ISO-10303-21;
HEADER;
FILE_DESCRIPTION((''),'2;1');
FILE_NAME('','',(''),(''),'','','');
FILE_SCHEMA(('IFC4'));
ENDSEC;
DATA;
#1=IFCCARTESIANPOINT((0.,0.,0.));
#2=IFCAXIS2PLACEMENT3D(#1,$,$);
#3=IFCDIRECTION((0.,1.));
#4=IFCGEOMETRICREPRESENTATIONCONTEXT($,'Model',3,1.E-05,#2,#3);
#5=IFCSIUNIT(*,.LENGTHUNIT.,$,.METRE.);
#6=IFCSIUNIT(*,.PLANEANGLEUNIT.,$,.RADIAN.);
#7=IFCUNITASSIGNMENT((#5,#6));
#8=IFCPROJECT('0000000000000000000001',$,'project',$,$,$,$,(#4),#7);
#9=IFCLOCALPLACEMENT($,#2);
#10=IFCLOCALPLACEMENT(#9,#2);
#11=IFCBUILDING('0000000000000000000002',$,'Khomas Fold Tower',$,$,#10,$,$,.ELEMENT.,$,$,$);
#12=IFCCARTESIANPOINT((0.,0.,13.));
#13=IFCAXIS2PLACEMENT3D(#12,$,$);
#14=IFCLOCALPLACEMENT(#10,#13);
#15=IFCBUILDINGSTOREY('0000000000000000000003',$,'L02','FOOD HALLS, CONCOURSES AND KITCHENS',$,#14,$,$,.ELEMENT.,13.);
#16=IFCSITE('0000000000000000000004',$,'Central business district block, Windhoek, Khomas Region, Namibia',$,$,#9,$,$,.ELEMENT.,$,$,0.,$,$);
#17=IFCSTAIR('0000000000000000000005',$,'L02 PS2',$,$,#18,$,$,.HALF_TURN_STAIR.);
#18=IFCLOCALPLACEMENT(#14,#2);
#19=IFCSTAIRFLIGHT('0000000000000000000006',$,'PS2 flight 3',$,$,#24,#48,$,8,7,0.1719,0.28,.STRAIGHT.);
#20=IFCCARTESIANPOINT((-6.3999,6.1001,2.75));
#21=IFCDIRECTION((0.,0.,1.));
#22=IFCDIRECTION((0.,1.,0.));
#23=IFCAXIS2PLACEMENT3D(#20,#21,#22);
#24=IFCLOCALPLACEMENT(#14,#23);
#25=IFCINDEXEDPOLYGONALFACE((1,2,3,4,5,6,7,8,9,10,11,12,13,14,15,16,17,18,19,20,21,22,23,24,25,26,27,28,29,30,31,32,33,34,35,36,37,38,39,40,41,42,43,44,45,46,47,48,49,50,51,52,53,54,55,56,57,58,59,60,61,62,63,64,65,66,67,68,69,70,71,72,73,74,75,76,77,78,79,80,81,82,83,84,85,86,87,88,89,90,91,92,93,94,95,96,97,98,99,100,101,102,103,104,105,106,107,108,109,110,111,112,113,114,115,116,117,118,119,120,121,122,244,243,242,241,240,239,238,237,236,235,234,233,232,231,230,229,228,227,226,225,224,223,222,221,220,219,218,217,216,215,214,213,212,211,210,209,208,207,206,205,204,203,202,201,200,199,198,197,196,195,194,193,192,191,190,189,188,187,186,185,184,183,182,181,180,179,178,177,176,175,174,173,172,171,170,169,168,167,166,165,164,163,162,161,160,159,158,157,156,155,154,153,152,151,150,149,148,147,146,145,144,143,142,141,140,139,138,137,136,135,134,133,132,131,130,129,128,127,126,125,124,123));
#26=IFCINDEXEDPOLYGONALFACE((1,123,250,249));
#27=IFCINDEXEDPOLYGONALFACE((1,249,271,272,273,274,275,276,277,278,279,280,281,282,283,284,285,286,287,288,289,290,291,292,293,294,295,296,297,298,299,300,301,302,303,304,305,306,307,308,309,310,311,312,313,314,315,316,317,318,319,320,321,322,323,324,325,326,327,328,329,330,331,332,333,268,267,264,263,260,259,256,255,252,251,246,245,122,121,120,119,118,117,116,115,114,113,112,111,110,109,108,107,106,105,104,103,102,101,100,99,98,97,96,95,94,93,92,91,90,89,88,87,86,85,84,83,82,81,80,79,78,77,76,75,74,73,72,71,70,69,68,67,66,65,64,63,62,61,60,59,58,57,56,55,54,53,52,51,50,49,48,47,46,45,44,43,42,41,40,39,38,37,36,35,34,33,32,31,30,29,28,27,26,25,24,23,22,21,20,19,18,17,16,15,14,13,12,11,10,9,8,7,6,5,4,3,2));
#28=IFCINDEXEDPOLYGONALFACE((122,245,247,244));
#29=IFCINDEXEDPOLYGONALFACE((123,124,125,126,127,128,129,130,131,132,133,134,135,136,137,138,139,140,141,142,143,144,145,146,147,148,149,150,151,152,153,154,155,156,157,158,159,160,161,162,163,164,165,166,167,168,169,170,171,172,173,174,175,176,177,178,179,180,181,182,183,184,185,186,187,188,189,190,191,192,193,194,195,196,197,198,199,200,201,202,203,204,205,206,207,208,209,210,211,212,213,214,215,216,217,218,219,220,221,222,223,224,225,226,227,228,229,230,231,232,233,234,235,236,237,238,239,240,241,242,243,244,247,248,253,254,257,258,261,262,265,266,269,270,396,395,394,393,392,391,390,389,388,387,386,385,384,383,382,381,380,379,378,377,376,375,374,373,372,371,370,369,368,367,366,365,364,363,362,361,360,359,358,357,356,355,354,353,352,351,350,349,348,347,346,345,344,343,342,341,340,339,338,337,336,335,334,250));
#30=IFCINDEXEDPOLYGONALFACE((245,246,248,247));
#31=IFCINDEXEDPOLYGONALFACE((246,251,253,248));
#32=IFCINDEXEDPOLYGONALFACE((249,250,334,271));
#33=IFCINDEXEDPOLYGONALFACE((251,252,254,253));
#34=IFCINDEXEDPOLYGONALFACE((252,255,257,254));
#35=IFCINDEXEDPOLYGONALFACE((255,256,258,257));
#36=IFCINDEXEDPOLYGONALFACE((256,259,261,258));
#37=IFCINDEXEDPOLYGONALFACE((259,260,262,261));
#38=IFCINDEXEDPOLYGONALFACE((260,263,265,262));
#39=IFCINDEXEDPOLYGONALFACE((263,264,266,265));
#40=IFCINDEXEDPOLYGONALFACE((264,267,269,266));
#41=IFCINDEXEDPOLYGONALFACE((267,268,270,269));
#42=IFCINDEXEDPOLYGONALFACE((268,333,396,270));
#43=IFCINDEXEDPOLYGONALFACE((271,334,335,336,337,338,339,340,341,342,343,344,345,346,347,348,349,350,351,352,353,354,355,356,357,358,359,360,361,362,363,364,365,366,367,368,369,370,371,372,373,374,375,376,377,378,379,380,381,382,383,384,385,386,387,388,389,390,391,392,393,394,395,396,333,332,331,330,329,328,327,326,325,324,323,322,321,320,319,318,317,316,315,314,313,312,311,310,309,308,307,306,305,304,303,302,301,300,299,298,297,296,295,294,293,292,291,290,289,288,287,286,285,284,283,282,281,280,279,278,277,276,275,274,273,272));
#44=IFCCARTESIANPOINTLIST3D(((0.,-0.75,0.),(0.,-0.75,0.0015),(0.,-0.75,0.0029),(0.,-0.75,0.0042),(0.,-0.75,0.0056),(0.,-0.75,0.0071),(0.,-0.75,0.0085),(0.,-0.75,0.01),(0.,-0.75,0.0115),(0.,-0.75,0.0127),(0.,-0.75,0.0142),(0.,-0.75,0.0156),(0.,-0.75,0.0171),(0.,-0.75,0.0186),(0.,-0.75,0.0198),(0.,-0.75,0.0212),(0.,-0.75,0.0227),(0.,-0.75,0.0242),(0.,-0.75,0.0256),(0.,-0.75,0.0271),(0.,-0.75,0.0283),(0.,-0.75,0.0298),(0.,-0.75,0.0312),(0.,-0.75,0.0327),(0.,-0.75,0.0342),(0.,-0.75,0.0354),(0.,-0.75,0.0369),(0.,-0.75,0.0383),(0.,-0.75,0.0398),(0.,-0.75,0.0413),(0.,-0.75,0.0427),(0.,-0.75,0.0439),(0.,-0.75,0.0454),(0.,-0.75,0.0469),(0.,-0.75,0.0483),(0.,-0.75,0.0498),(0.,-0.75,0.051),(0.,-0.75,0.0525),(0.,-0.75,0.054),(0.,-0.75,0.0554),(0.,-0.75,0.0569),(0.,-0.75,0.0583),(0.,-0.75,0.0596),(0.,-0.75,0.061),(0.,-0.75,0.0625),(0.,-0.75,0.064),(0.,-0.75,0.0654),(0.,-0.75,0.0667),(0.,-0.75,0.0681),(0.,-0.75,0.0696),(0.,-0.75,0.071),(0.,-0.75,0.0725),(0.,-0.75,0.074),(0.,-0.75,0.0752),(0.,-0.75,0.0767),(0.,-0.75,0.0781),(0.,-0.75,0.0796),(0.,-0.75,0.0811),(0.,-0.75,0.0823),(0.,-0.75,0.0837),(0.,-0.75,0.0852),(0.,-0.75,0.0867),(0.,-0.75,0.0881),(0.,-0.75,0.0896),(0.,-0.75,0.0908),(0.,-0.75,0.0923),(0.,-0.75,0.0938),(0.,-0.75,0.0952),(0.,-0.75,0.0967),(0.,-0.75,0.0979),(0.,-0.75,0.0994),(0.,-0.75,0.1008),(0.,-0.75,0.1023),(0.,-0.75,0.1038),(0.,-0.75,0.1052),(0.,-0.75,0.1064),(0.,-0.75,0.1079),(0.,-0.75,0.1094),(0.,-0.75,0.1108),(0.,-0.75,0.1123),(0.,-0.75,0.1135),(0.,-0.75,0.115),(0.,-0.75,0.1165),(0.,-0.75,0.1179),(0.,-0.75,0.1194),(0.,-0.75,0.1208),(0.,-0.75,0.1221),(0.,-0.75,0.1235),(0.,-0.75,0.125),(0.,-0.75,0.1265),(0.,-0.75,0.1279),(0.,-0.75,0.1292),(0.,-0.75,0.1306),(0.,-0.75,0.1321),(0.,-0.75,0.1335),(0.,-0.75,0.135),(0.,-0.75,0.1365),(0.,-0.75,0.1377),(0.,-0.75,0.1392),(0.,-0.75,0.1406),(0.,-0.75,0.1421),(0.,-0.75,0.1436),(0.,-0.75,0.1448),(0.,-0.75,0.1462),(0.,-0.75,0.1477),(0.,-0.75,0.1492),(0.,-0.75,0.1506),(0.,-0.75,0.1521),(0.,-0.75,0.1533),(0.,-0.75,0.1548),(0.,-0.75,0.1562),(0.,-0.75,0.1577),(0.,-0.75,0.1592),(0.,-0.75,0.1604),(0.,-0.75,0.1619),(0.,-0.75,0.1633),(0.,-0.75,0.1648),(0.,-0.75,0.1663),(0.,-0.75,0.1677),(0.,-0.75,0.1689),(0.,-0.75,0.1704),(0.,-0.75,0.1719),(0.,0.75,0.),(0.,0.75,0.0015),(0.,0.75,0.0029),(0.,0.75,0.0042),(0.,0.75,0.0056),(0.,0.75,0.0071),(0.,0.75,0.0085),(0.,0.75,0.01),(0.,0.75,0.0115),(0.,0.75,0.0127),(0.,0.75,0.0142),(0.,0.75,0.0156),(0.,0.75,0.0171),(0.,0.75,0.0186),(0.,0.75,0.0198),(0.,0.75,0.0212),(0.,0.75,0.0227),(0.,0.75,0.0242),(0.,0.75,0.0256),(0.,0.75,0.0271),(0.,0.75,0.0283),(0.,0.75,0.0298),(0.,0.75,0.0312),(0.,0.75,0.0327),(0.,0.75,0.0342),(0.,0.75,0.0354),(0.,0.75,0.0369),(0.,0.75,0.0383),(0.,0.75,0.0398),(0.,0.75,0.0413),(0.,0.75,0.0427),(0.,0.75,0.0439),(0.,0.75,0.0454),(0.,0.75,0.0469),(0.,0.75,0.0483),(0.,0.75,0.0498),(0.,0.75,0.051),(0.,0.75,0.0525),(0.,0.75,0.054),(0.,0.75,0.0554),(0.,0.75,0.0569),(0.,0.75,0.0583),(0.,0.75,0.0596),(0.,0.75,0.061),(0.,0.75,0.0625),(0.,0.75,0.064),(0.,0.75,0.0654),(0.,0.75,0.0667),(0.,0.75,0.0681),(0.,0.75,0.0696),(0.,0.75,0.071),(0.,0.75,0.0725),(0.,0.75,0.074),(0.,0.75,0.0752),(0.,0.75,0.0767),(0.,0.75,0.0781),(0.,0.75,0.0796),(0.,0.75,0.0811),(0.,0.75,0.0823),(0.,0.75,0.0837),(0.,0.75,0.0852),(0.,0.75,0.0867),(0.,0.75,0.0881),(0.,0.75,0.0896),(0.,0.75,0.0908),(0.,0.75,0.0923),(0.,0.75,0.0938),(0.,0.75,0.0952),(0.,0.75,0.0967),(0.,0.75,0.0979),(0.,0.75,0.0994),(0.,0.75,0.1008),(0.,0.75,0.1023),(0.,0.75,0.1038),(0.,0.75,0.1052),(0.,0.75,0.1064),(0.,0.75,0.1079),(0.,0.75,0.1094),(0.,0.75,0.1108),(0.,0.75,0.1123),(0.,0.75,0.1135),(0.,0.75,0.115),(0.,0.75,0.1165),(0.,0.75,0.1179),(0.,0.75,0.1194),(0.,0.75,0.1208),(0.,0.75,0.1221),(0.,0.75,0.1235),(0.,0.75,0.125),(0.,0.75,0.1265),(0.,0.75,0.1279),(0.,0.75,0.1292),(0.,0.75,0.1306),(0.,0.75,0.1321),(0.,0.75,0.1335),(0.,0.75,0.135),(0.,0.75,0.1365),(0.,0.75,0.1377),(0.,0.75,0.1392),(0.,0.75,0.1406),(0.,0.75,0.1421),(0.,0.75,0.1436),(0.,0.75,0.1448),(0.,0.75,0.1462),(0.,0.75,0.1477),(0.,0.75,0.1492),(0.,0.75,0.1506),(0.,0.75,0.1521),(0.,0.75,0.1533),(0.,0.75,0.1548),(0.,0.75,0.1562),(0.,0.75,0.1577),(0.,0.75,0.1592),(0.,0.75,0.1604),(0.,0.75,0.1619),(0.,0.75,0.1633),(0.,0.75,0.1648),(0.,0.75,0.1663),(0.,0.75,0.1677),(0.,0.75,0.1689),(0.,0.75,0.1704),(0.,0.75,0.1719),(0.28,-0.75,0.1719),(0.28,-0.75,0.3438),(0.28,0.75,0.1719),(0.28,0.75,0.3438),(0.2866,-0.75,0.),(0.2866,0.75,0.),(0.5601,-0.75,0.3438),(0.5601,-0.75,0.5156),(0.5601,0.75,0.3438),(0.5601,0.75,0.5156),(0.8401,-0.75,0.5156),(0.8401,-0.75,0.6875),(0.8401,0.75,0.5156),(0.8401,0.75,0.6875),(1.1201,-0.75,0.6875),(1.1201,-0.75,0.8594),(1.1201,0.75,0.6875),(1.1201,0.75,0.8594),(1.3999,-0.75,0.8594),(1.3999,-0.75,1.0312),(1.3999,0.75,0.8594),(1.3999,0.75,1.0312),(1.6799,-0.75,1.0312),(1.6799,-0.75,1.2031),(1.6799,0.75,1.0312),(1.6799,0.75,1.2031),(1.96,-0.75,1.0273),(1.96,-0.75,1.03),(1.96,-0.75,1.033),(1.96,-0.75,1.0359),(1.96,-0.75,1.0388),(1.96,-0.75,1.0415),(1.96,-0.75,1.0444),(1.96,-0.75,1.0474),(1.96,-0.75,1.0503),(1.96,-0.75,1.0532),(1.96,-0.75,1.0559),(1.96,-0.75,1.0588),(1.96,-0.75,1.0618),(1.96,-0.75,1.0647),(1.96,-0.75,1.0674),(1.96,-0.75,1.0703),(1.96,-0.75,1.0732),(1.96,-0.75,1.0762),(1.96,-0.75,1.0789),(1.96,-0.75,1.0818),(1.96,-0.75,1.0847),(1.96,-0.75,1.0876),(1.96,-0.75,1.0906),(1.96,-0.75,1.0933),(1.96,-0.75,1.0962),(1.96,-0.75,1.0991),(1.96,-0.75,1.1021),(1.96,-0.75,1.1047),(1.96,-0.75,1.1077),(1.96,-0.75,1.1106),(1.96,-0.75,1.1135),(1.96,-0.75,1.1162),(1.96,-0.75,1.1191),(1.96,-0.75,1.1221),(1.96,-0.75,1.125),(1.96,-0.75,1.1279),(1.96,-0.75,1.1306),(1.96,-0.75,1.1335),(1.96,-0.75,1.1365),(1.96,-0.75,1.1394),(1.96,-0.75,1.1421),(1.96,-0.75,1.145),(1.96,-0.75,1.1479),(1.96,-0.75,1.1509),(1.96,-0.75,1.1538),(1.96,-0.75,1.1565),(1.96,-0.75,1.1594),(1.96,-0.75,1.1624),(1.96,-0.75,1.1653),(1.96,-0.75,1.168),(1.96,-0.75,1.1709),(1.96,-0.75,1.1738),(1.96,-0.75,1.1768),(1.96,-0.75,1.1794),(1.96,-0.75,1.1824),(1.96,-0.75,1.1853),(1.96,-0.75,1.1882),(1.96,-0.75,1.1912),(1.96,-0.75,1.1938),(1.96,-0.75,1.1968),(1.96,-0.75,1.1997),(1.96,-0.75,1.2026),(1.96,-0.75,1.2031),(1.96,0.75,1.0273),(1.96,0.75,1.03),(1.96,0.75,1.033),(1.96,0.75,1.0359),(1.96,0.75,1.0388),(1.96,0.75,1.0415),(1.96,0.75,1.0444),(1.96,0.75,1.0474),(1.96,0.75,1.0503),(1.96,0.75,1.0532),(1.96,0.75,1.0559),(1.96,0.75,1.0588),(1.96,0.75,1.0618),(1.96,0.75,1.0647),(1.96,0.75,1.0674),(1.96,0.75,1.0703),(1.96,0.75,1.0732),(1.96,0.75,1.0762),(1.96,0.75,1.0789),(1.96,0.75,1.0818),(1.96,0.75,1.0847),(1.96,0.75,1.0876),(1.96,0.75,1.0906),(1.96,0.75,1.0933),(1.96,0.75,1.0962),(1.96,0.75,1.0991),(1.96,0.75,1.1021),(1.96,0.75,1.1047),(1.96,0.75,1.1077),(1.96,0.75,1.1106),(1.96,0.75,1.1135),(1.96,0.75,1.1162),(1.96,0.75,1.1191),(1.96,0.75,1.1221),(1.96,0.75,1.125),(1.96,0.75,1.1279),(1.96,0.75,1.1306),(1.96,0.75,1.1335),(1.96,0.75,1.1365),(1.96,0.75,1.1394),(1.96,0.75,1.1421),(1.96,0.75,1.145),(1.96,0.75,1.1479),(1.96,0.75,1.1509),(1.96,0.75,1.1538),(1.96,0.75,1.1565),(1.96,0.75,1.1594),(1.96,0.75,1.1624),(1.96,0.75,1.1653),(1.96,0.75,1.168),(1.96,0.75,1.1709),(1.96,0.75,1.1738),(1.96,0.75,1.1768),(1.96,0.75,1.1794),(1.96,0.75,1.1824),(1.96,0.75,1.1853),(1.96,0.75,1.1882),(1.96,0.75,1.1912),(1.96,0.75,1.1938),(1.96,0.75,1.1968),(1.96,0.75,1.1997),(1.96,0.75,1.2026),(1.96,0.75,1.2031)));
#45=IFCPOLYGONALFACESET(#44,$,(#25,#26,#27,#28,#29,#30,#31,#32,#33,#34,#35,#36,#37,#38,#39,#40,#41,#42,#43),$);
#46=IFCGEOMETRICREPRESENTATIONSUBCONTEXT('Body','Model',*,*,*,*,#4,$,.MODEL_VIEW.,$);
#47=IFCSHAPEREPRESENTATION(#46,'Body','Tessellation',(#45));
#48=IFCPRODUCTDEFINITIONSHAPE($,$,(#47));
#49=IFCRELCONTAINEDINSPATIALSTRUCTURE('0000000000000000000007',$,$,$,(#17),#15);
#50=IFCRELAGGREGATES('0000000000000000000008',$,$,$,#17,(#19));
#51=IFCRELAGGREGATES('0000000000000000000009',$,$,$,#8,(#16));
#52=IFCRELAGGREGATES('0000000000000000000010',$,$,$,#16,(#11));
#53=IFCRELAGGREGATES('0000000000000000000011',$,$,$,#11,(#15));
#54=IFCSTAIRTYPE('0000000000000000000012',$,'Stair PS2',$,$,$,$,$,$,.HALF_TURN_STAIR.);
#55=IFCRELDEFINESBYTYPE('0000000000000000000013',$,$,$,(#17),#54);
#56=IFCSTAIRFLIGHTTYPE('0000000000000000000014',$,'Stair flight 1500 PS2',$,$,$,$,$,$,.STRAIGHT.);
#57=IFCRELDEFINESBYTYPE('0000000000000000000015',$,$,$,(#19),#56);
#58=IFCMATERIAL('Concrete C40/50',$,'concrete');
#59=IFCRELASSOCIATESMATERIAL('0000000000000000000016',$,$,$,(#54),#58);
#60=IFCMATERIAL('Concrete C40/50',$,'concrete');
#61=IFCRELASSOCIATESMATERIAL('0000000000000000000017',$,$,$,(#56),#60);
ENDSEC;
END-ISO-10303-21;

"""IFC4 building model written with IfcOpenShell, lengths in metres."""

from ifc_helpers import new_model, si_unit, direction, frame, origin, place, context, subcontext, project, spatial, polyline, outline, extrude, source, transform, mapped, material, type_object, element, aggregate, save


model = new_model("IFC4")

# Units and contexts
model_context = context("Model", 3, precision=1e-05, world=origin(), true_north=direction((0.0, 1.0)))
body_context = subcontext(model_context, "Body", "Model", "MODEL_VIEW")
ifc_project = project(units=[si_unit("LENGTHUNIT", "METRE"), si_unit("PLANEANGLEUNIT", "RADIAN")], contexts=[model_context])

# Site, building, storey
site_placement = place(None, origin())
site = spatial("IfcSite", under=ifc_project, at=site_placement, Name="Central business district block, Windhoek, Khomas Region, Namibia", CompositionType="ELEMENT", RefElevation=0.0)
building_placement = place(site_placement, origin())
building = spatial("IfcBuilding", under=site, at=building_placement, Name="Khomas Fold Tower", CompositionType="ELEMENT")
storey_placement = place(building_placement, frame((0.0, 0.0, 13.0)))
storey = spatial("IfcBuildingStorey", under=building, at=storey_placement, Name="L02", Description="FOOD HALLS, CONCOURSES AND KITCHENS", CompositionType="ELEMENT", Elevation=13.0)

# Stair, stair flight
ifc_material_1 = material(Name="Concrete C40/50", Category="concrete")
stair_type = type_object("IfcStairType", Name="Stair PS2", PredefinedType="HALF_TURN_STAIR", material=ifc_material_1)
stair_placement = place(storey_placement, origin())
stair = element("IfcStair", 1, at=stair_placement, inside=storey, type_object=stair_type, Name="L02 PS2", PredefinedType="HALF_TURN_STAIR")
ifc_material_2 = material(Name="Concrete C40/50", Category="concrete")
stair_flight_type = type_object("IfcStairFlightType", Name="Stair flight 1500 PS2", PredefinedType="STRAIGHT", material=ifc_material_2)
shared_shape_1 = source(origin(), body_context, "Body", "SweptSolid", [
    extrude(outline(polyline([(0.0, 0.0), (0.0, 0.0015), (0.0, 0.0029), (0.0, 0.0042), (0.0, 0.0056), (0.0, 0.0071), (0.0, 0.0085), (0.0, 0.01), (0.0, 0.0115), (0.0, 0.0127), (0.0, 0.0142), (0.0, 0.0156), (0.0, 0.0171), (0.0, 0.0186), (0.0, 0.0198), (0.0, 0.0212), (0.0, 0.0227), (0.0, 0.0242), (0.0, 0.0256), (0.0, 0.0271), (0.0, 0.0283), (0.0, 0.0298), (0.0, 0.0312), (0.0, 0.0327), (0.0, 0.0342), (0.0, 0.0354), (0.0, 0.0369), (0.0, 0.0383), (0.0, 0.0398), (0.0, 0.0413), (0.0, 0.0427), (0.0, 0.0439), (0.0, 0.0454), (0.0, 0.0469), (0.0, 0.0483), (0.0, 0.0498), (0.0, 0.051), (0.0, 0.0525), (0.0, 0.054), (0.0, 0.0554), (0.0, 0.0569), (0.0, 0.0583), (0.0, 0.0596), (0.0, 0.061), (0.0, 0.0625), (0.0, 0.064), (0.0, 0.0654), (0.0, 0.0667), (0.0, 0.0681), (0.0, 0.0696), (0.0, 0.071), (0.0, 0.0725), (0.0, 0.074), (0.0, 0.0752), (0.0, 0.0767), (0.0, 0.0781), (0.0, 0.0796), (0.0, 0.0811), (0.0, 0.0823), (0.0, 0.0837), (0.0, 0.0852), (0.0, 0.0867), (0.0, 0.0881), (0.0, 0.0896), (0.0, 0.0908), (0.0, 0.0923), (0.0, 0.0938), (0.0, 0.0952), (0.0, 0.0967), (0.0, 0.0979), (0.0, 0.0994), (0.0, 0.1008), (0.0, 0.1023), (0.0, 0.1038), (0.0, 0.1052), (0.0, 0.1064), (0.0, 0.1079), (0.0, 0.1094), (0.0, 0.1108), (0.0, 0.1123), (0.0, 0.1135), (0.0, 0.115), (0.0, 0.1165), (0.0, 0.1179), (0.0, 0.1194), (0.0, 0.1208), (0.0, 0.1221), (0.0, 0.1235), (0.0, 0.125), (0.0, 0.1265), (0.0, 0.1279), (0.0, 0.1292), (0.0, 0.1306), (0.0, 0.1321), (0.0, 0.1335), (0.0, 0.135), (0.0, 0.1365), (0.0, 0.1377), (0.0, 0.1392), (0.0, 0.1406), (0.0, 0.1421), (0.0, 0.1436), (0.0, 0.1448), (0.0, 0.1462), (0.0, 0.1477), (0.0, 0.1492), (0.0, 0.1506), (0.0, 0.1521), (0.0, 0.1533), (0.0, 0.1548), (0.0, 0.1562), (0.0, 0.1577), (0.0, 0.1592), (0.0, 0.1604), (0.0, 0.1619), (0.0, 0.1633), (0.0, 0.1648), (0.0, 0.1663), (0.0, 0.1677), (0.0, 0.1689), (0.0, 0.1704), (0.0, 0.1719), (0.28, 0.1719), (0.28, 0.3438), (0.5601, 0.3438), (0.5601, 0.5156), (0.8401, 0.5156), (0.8401, 0.6875), (1.1201, 0.6875), (1.1201, 0.8594), (1.3999, 0.8594), (1.3999, 1.0312), (1.6799, 1.0312), (1.6799, 1.2031), (1.96, 1.2031), (1.96, 1.375), (1.96, 1.3721), (1.96, 1.3691), (1.96, 1.3665), (1.96, 1.3635), (1.96, 1.3606), (1.96, 1.3577), (1.96, 1.355), (1.96, 1.3521), (1.96, 1.3491), (1.96, 1.3462), (1.96, 1.3435), (1.96, 1.3406), (1.96, 1.3376), (1.96, 1.3347), (1.96, 1.3318), (1.96, 1.3291), (1.96, 1.3262), (1.96, 1.3232), (1.96, 1.3203), (1.96, 1.3176), (1.96, 1.3147), (1.96, 1.3118), (1.96, 1.3088), (1.96, 1.3059), (1.96, 1.3032), (1.96, 1.3003), (1.96, 1.2974), (1.96, 1.2944), (1.96, 1.2917), (1.96, 1.2888), (1.96, 1.2859), (1.96, 1.283), (1.96, 1.2803), (1.96, 1.2773), (1.96, 1.2744), (1.96, 1.2715), (1.96, 1.2686), (1.96, 1.2659), (1.96, 1.2629), (1.96, 1.26), (1.96, 1.2571), (1.96, 1.2544), (1.96, 1.2515), (1.96, 1.2485), (1.96, 1.2456), (1.96, 1.2427), (1.96, 1.24), (1.96, 1.2371), (1.96, 1.2341), (1.96, 1.2312), (1.96, 1.2285), (1.96, 1.2256), (1.96, 1.2227), (1.96, 1.2197), (1.96, 1.217), (1.96, 1.2141), (1.96, 1.2112), (1.96, 1.2083), (1.96, 1.2053), (1.96, 1.2026), (1.96, 1.1997), (1.96, 1.1968), (1.96, 1.1938), (1.96, 1.1912), (1.96, 1.1882), (1.96, 1.1853), (1.96, 1.1824), (1.96, 1.1794), (1.96, 1.1768), (1.96, 1.1738), (1.96, 1.1709), (1.96, 1.168), (1.96, 1.1653), (1.96, 1.1624), (1.96, 1.1594), (1.96, 1.1565), (1.96, 1.1538), (1.96, 1.1509), (1.96, 1.1479), (1.96, 1.145), (1.96, 1.1421), (1.96, 1.1394), (1.96, 1.1365), (1.96, 1.1335), (1.96, 1.1306), (1.96, 1.1279), (1.96, 1.125), (1.96, 1.1221), (1.96, 1.1191), (1.96, 1.1162), (1.96, 1.1135), (1.96, 1.1106), (1.96, 1.1077), (1.96, 1.1047), (1.96, 1.1021), (1.96, 1.0991), (1.96, 1.0962), (1.96, 1.0933), (1.96, 1.0906), (1.96, 1.0876), (1.96, 1.0847), (1.96, 1.0818), (1.96, 1.0789), (1.96, 1.0762), (1.96, 1.0732), (1.96, 1.0703), (1.96, 1.0674), (1.96, 1.0647), (1.96, 1.0618), (1.96, 1.0588), (1.96, 1.0559), (1.96, 1.0532), (1.96, 1.0503), (1.96, 1.0474), (1.96, 1.0444), (1.96, 1.0415), (1.96, 1.0388), (1.96, 1.0359), (1.96, 1.033), (1.96, 1.03), (1.96, 1.0273), (0.2866, 0.0), (0.0, 0.0)])), frame((0.0, 0.75, 0.0), z_axis=(0.0, -1.0, 0.0), x_axis=(1.0, 0.0, 0.0)), (0.0, 0.0, 1.0), 1.5),
])
stair_flight_1_placement = place(storey_placement, frame((-6.3999, 6.1001, 2.75), z_axis=(0.0, 0.0, 1.0), x_axis=(0.0, 1.0, 0.0)))
stair_flight_1 = element("IfcStairFlight", 2, at=stair_flight_1_placement, type_object=stair_flight_type, Name="PS2 flight 3", NumberOfRisers=8, NumberOfTreads=7, PredefinedType="STRAIGHT", RiserHeight=0.1719, TreadLength=0.28, context=body_context, shape_type="MappedRepresentation", body=[
    mapped(shared_shape_1, transform((0.0, 0.0, 0.0))),
])
aggregate(stair, [stair_flight_1])

save(model, "model.ifc")
